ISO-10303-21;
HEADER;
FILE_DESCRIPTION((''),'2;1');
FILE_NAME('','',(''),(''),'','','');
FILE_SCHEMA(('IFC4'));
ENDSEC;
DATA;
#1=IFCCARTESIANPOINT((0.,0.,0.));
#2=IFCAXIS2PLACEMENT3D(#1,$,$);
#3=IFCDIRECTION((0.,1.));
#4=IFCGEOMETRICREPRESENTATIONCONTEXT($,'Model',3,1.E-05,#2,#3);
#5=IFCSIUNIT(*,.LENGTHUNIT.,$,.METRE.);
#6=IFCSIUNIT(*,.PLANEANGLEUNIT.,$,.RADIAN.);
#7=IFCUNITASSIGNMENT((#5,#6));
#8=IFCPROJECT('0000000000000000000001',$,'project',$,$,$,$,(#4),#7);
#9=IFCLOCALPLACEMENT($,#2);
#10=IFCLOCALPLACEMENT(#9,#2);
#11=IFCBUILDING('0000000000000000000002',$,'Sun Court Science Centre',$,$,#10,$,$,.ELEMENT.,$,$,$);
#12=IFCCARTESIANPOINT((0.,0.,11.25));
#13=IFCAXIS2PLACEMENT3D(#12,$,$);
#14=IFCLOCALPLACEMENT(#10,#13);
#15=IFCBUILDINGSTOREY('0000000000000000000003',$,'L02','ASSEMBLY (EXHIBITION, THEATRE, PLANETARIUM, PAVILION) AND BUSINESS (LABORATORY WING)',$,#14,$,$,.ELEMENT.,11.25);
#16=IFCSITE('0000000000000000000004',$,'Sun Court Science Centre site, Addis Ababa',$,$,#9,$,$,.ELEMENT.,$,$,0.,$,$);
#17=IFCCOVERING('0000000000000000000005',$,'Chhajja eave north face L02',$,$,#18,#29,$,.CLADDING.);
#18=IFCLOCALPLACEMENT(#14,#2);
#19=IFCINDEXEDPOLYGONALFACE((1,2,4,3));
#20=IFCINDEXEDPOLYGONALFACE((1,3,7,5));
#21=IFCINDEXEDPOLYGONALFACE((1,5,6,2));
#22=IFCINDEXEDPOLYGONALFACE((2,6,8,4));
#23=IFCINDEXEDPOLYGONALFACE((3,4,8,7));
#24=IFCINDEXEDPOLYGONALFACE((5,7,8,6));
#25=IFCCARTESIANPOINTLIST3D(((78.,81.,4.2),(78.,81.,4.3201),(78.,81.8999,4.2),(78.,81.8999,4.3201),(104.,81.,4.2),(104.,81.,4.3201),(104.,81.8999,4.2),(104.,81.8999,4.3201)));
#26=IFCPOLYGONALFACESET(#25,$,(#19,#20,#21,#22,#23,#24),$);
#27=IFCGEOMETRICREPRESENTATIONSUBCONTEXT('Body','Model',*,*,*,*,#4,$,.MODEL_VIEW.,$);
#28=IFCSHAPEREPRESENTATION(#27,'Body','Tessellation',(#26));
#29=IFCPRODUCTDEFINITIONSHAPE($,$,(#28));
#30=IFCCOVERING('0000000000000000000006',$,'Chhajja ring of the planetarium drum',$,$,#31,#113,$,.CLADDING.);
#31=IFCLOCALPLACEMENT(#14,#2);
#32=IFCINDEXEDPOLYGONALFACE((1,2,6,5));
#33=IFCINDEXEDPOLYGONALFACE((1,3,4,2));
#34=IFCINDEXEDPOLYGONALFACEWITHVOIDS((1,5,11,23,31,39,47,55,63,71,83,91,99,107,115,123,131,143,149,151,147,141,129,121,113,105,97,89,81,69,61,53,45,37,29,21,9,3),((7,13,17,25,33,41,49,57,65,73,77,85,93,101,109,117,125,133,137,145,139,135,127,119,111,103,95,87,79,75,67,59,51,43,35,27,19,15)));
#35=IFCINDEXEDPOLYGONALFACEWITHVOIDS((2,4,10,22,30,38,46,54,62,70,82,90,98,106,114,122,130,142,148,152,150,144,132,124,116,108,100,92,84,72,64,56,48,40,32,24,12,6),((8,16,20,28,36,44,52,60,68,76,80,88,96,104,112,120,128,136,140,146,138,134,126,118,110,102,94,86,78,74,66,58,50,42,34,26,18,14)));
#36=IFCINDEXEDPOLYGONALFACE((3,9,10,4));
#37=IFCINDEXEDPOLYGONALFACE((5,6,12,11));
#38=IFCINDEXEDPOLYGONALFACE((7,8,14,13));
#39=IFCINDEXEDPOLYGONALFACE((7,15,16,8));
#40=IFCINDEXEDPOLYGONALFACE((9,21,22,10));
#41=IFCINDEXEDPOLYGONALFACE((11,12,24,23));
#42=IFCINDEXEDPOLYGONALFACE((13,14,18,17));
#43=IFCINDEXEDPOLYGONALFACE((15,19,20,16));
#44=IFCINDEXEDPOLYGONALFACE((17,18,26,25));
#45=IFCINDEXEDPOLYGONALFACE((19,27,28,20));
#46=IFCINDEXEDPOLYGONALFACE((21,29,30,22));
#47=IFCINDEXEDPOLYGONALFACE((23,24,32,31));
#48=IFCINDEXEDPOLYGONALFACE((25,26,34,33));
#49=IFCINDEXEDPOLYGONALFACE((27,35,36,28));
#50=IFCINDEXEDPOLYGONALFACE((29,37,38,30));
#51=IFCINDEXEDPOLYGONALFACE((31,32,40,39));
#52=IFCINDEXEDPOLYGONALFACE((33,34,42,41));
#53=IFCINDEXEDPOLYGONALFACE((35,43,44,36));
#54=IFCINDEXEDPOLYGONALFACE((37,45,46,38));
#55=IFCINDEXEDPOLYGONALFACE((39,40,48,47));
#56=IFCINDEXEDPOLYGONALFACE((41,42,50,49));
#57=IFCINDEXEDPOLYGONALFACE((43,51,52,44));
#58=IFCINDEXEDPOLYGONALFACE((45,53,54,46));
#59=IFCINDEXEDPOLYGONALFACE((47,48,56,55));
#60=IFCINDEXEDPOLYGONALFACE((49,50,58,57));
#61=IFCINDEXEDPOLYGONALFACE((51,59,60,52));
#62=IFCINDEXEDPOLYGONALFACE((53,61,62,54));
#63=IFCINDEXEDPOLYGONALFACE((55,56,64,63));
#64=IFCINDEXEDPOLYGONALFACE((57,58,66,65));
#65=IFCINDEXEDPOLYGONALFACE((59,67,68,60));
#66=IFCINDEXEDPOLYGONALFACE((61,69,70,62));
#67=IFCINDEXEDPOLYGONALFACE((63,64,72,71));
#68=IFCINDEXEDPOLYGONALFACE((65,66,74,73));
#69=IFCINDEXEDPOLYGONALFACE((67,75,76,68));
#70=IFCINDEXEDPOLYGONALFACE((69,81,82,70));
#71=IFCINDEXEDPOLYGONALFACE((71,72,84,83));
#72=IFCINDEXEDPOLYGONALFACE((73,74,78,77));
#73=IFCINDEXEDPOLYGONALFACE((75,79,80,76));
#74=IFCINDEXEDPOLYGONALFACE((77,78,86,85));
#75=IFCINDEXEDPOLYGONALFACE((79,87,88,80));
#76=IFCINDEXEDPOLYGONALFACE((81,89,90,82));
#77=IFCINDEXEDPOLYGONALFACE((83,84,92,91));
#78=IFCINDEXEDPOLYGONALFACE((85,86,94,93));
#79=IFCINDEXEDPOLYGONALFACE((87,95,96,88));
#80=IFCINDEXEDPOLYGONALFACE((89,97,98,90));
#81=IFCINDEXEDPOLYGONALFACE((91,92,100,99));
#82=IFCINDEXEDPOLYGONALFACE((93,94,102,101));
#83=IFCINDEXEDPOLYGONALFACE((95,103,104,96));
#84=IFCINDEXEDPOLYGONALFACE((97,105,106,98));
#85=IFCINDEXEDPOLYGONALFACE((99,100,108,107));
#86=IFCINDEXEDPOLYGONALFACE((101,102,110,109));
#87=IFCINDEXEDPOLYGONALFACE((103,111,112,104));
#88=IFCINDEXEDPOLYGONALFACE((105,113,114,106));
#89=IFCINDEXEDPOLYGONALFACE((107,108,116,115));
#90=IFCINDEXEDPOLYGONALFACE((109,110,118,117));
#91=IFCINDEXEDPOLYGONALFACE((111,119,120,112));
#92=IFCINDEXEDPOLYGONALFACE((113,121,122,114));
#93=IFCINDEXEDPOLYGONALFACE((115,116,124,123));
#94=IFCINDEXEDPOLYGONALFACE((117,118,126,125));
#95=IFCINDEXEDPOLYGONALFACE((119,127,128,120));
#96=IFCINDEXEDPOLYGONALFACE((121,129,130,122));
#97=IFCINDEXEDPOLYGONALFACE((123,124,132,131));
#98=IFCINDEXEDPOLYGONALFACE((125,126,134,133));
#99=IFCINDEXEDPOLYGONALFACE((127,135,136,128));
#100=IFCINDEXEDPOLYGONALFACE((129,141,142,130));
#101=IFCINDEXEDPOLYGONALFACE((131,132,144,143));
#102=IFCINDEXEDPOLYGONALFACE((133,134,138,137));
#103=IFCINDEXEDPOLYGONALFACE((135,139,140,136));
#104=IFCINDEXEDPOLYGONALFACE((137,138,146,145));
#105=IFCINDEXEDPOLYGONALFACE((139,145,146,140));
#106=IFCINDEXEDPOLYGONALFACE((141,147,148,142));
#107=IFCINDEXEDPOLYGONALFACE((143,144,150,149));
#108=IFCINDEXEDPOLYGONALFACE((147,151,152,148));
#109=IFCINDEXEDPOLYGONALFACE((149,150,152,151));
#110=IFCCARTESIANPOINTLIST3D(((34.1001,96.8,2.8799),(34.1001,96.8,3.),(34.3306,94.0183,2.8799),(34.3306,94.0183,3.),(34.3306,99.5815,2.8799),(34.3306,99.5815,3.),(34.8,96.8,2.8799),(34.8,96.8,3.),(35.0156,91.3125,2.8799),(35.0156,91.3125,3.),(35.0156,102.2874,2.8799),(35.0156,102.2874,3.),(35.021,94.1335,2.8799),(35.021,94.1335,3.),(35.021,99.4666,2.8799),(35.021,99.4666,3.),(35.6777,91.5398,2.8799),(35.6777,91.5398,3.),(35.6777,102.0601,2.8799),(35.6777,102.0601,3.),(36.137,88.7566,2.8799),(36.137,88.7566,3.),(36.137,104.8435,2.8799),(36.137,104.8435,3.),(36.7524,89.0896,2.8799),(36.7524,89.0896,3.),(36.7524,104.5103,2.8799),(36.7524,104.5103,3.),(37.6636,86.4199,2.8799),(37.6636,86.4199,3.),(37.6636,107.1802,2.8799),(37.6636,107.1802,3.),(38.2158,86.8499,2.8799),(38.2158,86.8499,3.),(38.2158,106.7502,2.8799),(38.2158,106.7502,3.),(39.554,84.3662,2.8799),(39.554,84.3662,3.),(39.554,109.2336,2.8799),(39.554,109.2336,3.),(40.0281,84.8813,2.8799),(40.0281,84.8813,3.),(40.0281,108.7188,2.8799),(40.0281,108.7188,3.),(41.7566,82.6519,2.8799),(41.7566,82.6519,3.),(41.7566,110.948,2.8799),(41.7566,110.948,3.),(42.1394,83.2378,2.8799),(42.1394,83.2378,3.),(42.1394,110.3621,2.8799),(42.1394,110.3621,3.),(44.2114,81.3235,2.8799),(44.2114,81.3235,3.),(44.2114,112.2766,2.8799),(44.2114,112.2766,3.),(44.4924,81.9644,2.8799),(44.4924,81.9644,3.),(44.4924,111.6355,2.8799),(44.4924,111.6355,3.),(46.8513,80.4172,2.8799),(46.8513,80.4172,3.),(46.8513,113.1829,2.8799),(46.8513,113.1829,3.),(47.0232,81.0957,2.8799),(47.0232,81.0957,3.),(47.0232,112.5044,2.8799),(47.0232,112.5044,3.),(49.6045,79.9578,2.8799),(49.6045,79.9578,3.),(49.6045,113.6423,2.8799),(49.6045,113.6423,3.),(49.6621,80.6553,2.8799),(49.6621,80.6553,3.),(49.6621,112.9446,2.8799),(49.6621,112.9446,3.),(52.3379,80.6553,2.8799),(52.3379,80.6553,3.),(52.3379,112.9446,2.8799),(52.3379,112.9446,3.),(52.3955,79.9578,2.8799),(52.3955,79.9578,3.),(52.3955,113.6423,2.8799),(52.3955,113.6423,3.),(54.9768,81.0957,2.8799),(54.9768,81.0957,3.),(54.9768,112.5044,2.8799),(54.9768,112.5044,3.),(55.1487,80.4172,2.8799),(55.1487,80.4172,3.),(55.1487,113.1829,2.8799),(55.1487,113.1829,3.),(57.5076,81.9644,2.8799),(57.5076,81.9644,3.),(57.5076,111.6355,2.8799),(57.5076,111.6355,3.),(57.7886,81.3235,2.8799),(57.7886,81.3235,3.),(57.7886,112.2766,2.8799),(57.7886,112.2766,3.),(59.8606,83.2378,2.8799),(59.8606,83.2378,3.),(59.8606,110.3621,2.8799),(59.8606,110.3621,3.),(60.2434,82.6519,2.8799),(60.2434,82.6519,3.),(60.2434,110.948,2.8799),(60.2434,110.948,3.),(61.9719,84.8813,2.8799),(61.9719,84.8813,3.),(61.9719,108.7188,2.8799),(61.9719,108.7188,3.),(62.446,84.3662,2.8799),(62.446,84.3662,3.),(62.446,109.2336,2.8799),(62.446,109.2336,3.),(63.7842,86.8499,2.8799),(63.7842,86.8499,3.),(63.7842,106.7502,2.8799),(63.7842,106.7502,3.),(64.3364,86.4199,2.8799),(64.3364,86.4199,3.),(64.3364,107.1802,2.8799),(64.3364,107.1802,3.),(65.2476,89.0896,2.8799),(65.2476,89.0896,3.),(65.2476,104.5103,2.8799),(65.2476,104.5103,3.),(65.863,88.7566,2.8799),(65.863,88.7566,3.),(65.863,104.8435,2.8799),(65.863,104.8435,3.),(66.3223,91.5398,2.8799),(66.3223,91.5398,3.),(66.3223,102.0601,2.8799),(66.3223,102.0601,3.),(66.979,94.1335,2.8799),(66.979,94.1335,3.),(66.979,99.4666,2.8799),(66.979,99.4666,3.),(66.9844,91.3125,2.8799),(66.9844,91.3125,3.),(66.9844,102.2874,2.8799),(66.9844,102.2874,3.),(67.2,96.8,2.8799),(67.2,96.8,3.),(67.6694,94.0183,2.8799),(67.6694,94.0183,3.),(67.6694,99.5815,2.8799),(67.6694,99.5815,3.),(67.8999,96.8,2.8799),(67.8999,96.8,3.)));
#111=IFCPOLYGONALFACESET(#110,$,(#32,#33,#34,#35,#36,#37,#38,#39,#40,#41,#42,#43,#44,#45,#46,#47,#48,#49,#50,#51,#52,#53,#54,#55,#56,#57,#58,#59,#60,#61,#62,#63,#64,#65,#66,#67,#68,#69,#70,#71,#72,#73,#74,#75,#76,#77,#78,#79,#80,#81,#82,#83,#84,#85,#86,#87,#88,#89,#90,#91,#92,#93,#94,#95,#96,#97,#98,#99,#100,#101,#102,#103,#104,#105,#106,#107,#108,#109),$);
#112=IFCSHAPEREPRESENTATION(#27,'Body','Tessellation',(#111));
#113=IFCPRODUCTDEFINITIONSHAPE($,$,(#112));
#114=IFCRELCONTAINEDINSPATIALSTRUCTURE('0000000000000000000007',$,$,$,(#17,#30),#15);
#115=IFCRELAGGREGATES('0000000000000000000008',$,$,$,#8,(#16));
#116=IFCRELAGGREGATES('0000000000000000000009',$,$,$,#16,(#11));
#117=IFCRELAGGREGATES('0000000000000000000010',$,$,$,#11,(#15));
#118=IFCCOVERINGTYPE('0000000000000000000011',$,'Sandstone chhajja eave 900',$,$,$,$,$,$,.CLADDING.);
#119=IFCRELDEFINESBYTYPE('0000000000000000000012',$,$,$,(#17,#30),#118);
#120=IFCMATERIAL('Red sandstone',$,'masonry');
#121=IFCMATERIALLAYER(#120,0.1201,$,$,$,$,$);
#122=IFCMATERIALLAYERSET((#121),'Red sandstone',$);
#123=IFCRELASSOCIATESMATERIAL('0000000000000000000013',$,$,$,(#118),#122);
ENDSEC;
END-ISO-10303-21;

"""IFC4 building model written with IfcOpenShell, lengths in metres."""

from ifc_helpers import new_model, si_unit, direction, frame, origin, place, context, subcontext, project, spatial, polyline, outline, extrude, material, layer, layer_set, type_object, element, save


model = new_model("IFC4")

# Units and contexts
model_context = context("Model", 3, precision=1e-05, world=origin(), true_north=direction((0.0, 1.0)))
body_context = subcontext(model_context, "Body", "Model", "MODEL_VIEW")
ifc_project = project(units=[si_unit("LENGTHUNIT", "METRE"), si_unit("PLANEANGLEUNIT", "RADIAN")], contexts=[model_context])

# Site, building, storey
site_placement = place(None, origin())
site = spatial("IfcSite", under=ifc_project, at=site_placement, Name="Sun Court Science Centre site, Addis Ababa", CompositionType="ELEMENT", RefElevation=0.0)
building_placement = place(site_placement, origin())
building = spatial("IfcBuilding", under=site, at=building_placement, Name="Sun Court Science Centre", CompositionType="ELEMENT")
storey_placement = place(building_placement, frame((0.0, 0.0, 11.25)))
storey = spatial("IfcBuildingStorey", under=building, at=storey_placement, Name="L02", Description="ASSEMBLY (EXHIBITION, THEATRE, PLANETARIUM, PAVILION) AND BUSINESS (LABORATORY WING)", CompositionType="ELEMENT", Elevation=11.25)

# Coverings
ifc_material_1 = material(Name="Red sandstone", Category="masonry")
ifc_layer_1 = layer(ifc_material_1, 0.1201)
ifc_layer_set_1 = layer_set([ifc_layer_1], Name="Red sandstone")
covering_type_1 = type_object("IfcCoveringType", Name="Sandstone chhajja eave 900", PredefinedType="CLADDING", material=ifc_layer_set_1)
covering_1_placement = place(storey_placement, frame((0.0, 0.0, 4.2)))
element("IfcCovering", 1, at=covering_1_placement, inside=storey, type_object=covering_type_1, Name="Chhajja eave north face L02", PredefinedType="CLADDING", context=body_context, shape_type="SweptSolid", body=[
    extrude(outline(polyline([(78.0, 81.0), (104.0, 81.0), (104.0, 81.8999), (78.0, 81.8999), (78.0, 81.0)])), origin(), (0.0, 0.0, 1.0), 0.1201),
])
covering_2_placement = place(storey_placement, frame((0.0, 0.0, 2.8799)))
element("IfcCovering", 2, at=covering_2_placement, inside=storey, type_object=covering_type_1, Name="Chhajja ring of the planetarium drum", PredefinedType="CLADDING", context=body_context, shape_type="SweptSolid", body=[
    extrude(outline(polyline([(67.8999, 96.8), (67.6694, 94.0183), (66.9844, 91.3125), (65.863, 88.7566), (64.3364, 86.4199), (62.446, 84.3662), (60.2434, 82.6519), (57.7886, 81.3235), (55.1487, 80.4172), (52.3955, 79.9578), (49.6045, 79.9578), (46.8513, 80.4172), (44.2114, 81.3235), (41.7566, 82.6519), (39.554, 84.3662), (37.6636, 86.4199), (36.137, 88.7566), (35.0156, 91.3125), (34.3306, 94.0183), (34.1001, 96.8), (34.3306, 99.5815), (35.0156, 102.2874), (36.137, 104.8435), (37.6636, 107.1802), (39.554, 109.2336), (41.7566, 110.948), (44.2114, 112.2766), (46.8513, 113.1829), (49.6045, 113.6423), (52.3955, 113.6423), (55.1487, 113.1829), (57.7886, 112.2766), (60.2434, 110.948), (62.446, 109.2336), (64.3364, 107.1802), (65.863, 104.8435), (66.9844, 102.2874), (67.6694, 99.5815), (67.8999, 96.8)]), holes=[polyline([(66.3223, 102.0601), (65.2476, 104.5103), (63.7842, 106.7502), (61.9719, 108.7188), (59.8606, 110.3621), (57.5076, 111.6355), (54.9768, 112.5044), (52.3379, 112.9446), (49.6621, 112.9446), (47.0232, 112.5044), (44.4924, 111.6355), (42.1394, 110.3621), (40.0281, 108.7188), (38.2158, 106.7502), (36.7524, 104.5103), (35.6777, 102.0601), (35.021, 99.4666), (34.8, 96.8), (35.021, 94.1335), (35.6777, 91.5398), (36.7524, 89.0896), (38.2158, 86.8499), (40.0281, 84.8813), (42.1394, 83.2378), (44.4924, 81.9644), (47.0232, 81.0957), (49.6621, 80.6553), (52.3379, 80.6553), (54.9768, 81.0957), (57.5076, 81.9644), (59.8606, 83.2378), (61.9719, 84.8813), (63.7842, 86.8499), (65.2476, 89.0896), (66.3223, 91.5398), (66.979, 94.1335), (67.2, 96.8), (66.979, 99.4666), (66.3223, 102.0601)])]), origin(), (0.0, 0.0, 1.0), 0.1201),
])

save(model, "model.ifc")
